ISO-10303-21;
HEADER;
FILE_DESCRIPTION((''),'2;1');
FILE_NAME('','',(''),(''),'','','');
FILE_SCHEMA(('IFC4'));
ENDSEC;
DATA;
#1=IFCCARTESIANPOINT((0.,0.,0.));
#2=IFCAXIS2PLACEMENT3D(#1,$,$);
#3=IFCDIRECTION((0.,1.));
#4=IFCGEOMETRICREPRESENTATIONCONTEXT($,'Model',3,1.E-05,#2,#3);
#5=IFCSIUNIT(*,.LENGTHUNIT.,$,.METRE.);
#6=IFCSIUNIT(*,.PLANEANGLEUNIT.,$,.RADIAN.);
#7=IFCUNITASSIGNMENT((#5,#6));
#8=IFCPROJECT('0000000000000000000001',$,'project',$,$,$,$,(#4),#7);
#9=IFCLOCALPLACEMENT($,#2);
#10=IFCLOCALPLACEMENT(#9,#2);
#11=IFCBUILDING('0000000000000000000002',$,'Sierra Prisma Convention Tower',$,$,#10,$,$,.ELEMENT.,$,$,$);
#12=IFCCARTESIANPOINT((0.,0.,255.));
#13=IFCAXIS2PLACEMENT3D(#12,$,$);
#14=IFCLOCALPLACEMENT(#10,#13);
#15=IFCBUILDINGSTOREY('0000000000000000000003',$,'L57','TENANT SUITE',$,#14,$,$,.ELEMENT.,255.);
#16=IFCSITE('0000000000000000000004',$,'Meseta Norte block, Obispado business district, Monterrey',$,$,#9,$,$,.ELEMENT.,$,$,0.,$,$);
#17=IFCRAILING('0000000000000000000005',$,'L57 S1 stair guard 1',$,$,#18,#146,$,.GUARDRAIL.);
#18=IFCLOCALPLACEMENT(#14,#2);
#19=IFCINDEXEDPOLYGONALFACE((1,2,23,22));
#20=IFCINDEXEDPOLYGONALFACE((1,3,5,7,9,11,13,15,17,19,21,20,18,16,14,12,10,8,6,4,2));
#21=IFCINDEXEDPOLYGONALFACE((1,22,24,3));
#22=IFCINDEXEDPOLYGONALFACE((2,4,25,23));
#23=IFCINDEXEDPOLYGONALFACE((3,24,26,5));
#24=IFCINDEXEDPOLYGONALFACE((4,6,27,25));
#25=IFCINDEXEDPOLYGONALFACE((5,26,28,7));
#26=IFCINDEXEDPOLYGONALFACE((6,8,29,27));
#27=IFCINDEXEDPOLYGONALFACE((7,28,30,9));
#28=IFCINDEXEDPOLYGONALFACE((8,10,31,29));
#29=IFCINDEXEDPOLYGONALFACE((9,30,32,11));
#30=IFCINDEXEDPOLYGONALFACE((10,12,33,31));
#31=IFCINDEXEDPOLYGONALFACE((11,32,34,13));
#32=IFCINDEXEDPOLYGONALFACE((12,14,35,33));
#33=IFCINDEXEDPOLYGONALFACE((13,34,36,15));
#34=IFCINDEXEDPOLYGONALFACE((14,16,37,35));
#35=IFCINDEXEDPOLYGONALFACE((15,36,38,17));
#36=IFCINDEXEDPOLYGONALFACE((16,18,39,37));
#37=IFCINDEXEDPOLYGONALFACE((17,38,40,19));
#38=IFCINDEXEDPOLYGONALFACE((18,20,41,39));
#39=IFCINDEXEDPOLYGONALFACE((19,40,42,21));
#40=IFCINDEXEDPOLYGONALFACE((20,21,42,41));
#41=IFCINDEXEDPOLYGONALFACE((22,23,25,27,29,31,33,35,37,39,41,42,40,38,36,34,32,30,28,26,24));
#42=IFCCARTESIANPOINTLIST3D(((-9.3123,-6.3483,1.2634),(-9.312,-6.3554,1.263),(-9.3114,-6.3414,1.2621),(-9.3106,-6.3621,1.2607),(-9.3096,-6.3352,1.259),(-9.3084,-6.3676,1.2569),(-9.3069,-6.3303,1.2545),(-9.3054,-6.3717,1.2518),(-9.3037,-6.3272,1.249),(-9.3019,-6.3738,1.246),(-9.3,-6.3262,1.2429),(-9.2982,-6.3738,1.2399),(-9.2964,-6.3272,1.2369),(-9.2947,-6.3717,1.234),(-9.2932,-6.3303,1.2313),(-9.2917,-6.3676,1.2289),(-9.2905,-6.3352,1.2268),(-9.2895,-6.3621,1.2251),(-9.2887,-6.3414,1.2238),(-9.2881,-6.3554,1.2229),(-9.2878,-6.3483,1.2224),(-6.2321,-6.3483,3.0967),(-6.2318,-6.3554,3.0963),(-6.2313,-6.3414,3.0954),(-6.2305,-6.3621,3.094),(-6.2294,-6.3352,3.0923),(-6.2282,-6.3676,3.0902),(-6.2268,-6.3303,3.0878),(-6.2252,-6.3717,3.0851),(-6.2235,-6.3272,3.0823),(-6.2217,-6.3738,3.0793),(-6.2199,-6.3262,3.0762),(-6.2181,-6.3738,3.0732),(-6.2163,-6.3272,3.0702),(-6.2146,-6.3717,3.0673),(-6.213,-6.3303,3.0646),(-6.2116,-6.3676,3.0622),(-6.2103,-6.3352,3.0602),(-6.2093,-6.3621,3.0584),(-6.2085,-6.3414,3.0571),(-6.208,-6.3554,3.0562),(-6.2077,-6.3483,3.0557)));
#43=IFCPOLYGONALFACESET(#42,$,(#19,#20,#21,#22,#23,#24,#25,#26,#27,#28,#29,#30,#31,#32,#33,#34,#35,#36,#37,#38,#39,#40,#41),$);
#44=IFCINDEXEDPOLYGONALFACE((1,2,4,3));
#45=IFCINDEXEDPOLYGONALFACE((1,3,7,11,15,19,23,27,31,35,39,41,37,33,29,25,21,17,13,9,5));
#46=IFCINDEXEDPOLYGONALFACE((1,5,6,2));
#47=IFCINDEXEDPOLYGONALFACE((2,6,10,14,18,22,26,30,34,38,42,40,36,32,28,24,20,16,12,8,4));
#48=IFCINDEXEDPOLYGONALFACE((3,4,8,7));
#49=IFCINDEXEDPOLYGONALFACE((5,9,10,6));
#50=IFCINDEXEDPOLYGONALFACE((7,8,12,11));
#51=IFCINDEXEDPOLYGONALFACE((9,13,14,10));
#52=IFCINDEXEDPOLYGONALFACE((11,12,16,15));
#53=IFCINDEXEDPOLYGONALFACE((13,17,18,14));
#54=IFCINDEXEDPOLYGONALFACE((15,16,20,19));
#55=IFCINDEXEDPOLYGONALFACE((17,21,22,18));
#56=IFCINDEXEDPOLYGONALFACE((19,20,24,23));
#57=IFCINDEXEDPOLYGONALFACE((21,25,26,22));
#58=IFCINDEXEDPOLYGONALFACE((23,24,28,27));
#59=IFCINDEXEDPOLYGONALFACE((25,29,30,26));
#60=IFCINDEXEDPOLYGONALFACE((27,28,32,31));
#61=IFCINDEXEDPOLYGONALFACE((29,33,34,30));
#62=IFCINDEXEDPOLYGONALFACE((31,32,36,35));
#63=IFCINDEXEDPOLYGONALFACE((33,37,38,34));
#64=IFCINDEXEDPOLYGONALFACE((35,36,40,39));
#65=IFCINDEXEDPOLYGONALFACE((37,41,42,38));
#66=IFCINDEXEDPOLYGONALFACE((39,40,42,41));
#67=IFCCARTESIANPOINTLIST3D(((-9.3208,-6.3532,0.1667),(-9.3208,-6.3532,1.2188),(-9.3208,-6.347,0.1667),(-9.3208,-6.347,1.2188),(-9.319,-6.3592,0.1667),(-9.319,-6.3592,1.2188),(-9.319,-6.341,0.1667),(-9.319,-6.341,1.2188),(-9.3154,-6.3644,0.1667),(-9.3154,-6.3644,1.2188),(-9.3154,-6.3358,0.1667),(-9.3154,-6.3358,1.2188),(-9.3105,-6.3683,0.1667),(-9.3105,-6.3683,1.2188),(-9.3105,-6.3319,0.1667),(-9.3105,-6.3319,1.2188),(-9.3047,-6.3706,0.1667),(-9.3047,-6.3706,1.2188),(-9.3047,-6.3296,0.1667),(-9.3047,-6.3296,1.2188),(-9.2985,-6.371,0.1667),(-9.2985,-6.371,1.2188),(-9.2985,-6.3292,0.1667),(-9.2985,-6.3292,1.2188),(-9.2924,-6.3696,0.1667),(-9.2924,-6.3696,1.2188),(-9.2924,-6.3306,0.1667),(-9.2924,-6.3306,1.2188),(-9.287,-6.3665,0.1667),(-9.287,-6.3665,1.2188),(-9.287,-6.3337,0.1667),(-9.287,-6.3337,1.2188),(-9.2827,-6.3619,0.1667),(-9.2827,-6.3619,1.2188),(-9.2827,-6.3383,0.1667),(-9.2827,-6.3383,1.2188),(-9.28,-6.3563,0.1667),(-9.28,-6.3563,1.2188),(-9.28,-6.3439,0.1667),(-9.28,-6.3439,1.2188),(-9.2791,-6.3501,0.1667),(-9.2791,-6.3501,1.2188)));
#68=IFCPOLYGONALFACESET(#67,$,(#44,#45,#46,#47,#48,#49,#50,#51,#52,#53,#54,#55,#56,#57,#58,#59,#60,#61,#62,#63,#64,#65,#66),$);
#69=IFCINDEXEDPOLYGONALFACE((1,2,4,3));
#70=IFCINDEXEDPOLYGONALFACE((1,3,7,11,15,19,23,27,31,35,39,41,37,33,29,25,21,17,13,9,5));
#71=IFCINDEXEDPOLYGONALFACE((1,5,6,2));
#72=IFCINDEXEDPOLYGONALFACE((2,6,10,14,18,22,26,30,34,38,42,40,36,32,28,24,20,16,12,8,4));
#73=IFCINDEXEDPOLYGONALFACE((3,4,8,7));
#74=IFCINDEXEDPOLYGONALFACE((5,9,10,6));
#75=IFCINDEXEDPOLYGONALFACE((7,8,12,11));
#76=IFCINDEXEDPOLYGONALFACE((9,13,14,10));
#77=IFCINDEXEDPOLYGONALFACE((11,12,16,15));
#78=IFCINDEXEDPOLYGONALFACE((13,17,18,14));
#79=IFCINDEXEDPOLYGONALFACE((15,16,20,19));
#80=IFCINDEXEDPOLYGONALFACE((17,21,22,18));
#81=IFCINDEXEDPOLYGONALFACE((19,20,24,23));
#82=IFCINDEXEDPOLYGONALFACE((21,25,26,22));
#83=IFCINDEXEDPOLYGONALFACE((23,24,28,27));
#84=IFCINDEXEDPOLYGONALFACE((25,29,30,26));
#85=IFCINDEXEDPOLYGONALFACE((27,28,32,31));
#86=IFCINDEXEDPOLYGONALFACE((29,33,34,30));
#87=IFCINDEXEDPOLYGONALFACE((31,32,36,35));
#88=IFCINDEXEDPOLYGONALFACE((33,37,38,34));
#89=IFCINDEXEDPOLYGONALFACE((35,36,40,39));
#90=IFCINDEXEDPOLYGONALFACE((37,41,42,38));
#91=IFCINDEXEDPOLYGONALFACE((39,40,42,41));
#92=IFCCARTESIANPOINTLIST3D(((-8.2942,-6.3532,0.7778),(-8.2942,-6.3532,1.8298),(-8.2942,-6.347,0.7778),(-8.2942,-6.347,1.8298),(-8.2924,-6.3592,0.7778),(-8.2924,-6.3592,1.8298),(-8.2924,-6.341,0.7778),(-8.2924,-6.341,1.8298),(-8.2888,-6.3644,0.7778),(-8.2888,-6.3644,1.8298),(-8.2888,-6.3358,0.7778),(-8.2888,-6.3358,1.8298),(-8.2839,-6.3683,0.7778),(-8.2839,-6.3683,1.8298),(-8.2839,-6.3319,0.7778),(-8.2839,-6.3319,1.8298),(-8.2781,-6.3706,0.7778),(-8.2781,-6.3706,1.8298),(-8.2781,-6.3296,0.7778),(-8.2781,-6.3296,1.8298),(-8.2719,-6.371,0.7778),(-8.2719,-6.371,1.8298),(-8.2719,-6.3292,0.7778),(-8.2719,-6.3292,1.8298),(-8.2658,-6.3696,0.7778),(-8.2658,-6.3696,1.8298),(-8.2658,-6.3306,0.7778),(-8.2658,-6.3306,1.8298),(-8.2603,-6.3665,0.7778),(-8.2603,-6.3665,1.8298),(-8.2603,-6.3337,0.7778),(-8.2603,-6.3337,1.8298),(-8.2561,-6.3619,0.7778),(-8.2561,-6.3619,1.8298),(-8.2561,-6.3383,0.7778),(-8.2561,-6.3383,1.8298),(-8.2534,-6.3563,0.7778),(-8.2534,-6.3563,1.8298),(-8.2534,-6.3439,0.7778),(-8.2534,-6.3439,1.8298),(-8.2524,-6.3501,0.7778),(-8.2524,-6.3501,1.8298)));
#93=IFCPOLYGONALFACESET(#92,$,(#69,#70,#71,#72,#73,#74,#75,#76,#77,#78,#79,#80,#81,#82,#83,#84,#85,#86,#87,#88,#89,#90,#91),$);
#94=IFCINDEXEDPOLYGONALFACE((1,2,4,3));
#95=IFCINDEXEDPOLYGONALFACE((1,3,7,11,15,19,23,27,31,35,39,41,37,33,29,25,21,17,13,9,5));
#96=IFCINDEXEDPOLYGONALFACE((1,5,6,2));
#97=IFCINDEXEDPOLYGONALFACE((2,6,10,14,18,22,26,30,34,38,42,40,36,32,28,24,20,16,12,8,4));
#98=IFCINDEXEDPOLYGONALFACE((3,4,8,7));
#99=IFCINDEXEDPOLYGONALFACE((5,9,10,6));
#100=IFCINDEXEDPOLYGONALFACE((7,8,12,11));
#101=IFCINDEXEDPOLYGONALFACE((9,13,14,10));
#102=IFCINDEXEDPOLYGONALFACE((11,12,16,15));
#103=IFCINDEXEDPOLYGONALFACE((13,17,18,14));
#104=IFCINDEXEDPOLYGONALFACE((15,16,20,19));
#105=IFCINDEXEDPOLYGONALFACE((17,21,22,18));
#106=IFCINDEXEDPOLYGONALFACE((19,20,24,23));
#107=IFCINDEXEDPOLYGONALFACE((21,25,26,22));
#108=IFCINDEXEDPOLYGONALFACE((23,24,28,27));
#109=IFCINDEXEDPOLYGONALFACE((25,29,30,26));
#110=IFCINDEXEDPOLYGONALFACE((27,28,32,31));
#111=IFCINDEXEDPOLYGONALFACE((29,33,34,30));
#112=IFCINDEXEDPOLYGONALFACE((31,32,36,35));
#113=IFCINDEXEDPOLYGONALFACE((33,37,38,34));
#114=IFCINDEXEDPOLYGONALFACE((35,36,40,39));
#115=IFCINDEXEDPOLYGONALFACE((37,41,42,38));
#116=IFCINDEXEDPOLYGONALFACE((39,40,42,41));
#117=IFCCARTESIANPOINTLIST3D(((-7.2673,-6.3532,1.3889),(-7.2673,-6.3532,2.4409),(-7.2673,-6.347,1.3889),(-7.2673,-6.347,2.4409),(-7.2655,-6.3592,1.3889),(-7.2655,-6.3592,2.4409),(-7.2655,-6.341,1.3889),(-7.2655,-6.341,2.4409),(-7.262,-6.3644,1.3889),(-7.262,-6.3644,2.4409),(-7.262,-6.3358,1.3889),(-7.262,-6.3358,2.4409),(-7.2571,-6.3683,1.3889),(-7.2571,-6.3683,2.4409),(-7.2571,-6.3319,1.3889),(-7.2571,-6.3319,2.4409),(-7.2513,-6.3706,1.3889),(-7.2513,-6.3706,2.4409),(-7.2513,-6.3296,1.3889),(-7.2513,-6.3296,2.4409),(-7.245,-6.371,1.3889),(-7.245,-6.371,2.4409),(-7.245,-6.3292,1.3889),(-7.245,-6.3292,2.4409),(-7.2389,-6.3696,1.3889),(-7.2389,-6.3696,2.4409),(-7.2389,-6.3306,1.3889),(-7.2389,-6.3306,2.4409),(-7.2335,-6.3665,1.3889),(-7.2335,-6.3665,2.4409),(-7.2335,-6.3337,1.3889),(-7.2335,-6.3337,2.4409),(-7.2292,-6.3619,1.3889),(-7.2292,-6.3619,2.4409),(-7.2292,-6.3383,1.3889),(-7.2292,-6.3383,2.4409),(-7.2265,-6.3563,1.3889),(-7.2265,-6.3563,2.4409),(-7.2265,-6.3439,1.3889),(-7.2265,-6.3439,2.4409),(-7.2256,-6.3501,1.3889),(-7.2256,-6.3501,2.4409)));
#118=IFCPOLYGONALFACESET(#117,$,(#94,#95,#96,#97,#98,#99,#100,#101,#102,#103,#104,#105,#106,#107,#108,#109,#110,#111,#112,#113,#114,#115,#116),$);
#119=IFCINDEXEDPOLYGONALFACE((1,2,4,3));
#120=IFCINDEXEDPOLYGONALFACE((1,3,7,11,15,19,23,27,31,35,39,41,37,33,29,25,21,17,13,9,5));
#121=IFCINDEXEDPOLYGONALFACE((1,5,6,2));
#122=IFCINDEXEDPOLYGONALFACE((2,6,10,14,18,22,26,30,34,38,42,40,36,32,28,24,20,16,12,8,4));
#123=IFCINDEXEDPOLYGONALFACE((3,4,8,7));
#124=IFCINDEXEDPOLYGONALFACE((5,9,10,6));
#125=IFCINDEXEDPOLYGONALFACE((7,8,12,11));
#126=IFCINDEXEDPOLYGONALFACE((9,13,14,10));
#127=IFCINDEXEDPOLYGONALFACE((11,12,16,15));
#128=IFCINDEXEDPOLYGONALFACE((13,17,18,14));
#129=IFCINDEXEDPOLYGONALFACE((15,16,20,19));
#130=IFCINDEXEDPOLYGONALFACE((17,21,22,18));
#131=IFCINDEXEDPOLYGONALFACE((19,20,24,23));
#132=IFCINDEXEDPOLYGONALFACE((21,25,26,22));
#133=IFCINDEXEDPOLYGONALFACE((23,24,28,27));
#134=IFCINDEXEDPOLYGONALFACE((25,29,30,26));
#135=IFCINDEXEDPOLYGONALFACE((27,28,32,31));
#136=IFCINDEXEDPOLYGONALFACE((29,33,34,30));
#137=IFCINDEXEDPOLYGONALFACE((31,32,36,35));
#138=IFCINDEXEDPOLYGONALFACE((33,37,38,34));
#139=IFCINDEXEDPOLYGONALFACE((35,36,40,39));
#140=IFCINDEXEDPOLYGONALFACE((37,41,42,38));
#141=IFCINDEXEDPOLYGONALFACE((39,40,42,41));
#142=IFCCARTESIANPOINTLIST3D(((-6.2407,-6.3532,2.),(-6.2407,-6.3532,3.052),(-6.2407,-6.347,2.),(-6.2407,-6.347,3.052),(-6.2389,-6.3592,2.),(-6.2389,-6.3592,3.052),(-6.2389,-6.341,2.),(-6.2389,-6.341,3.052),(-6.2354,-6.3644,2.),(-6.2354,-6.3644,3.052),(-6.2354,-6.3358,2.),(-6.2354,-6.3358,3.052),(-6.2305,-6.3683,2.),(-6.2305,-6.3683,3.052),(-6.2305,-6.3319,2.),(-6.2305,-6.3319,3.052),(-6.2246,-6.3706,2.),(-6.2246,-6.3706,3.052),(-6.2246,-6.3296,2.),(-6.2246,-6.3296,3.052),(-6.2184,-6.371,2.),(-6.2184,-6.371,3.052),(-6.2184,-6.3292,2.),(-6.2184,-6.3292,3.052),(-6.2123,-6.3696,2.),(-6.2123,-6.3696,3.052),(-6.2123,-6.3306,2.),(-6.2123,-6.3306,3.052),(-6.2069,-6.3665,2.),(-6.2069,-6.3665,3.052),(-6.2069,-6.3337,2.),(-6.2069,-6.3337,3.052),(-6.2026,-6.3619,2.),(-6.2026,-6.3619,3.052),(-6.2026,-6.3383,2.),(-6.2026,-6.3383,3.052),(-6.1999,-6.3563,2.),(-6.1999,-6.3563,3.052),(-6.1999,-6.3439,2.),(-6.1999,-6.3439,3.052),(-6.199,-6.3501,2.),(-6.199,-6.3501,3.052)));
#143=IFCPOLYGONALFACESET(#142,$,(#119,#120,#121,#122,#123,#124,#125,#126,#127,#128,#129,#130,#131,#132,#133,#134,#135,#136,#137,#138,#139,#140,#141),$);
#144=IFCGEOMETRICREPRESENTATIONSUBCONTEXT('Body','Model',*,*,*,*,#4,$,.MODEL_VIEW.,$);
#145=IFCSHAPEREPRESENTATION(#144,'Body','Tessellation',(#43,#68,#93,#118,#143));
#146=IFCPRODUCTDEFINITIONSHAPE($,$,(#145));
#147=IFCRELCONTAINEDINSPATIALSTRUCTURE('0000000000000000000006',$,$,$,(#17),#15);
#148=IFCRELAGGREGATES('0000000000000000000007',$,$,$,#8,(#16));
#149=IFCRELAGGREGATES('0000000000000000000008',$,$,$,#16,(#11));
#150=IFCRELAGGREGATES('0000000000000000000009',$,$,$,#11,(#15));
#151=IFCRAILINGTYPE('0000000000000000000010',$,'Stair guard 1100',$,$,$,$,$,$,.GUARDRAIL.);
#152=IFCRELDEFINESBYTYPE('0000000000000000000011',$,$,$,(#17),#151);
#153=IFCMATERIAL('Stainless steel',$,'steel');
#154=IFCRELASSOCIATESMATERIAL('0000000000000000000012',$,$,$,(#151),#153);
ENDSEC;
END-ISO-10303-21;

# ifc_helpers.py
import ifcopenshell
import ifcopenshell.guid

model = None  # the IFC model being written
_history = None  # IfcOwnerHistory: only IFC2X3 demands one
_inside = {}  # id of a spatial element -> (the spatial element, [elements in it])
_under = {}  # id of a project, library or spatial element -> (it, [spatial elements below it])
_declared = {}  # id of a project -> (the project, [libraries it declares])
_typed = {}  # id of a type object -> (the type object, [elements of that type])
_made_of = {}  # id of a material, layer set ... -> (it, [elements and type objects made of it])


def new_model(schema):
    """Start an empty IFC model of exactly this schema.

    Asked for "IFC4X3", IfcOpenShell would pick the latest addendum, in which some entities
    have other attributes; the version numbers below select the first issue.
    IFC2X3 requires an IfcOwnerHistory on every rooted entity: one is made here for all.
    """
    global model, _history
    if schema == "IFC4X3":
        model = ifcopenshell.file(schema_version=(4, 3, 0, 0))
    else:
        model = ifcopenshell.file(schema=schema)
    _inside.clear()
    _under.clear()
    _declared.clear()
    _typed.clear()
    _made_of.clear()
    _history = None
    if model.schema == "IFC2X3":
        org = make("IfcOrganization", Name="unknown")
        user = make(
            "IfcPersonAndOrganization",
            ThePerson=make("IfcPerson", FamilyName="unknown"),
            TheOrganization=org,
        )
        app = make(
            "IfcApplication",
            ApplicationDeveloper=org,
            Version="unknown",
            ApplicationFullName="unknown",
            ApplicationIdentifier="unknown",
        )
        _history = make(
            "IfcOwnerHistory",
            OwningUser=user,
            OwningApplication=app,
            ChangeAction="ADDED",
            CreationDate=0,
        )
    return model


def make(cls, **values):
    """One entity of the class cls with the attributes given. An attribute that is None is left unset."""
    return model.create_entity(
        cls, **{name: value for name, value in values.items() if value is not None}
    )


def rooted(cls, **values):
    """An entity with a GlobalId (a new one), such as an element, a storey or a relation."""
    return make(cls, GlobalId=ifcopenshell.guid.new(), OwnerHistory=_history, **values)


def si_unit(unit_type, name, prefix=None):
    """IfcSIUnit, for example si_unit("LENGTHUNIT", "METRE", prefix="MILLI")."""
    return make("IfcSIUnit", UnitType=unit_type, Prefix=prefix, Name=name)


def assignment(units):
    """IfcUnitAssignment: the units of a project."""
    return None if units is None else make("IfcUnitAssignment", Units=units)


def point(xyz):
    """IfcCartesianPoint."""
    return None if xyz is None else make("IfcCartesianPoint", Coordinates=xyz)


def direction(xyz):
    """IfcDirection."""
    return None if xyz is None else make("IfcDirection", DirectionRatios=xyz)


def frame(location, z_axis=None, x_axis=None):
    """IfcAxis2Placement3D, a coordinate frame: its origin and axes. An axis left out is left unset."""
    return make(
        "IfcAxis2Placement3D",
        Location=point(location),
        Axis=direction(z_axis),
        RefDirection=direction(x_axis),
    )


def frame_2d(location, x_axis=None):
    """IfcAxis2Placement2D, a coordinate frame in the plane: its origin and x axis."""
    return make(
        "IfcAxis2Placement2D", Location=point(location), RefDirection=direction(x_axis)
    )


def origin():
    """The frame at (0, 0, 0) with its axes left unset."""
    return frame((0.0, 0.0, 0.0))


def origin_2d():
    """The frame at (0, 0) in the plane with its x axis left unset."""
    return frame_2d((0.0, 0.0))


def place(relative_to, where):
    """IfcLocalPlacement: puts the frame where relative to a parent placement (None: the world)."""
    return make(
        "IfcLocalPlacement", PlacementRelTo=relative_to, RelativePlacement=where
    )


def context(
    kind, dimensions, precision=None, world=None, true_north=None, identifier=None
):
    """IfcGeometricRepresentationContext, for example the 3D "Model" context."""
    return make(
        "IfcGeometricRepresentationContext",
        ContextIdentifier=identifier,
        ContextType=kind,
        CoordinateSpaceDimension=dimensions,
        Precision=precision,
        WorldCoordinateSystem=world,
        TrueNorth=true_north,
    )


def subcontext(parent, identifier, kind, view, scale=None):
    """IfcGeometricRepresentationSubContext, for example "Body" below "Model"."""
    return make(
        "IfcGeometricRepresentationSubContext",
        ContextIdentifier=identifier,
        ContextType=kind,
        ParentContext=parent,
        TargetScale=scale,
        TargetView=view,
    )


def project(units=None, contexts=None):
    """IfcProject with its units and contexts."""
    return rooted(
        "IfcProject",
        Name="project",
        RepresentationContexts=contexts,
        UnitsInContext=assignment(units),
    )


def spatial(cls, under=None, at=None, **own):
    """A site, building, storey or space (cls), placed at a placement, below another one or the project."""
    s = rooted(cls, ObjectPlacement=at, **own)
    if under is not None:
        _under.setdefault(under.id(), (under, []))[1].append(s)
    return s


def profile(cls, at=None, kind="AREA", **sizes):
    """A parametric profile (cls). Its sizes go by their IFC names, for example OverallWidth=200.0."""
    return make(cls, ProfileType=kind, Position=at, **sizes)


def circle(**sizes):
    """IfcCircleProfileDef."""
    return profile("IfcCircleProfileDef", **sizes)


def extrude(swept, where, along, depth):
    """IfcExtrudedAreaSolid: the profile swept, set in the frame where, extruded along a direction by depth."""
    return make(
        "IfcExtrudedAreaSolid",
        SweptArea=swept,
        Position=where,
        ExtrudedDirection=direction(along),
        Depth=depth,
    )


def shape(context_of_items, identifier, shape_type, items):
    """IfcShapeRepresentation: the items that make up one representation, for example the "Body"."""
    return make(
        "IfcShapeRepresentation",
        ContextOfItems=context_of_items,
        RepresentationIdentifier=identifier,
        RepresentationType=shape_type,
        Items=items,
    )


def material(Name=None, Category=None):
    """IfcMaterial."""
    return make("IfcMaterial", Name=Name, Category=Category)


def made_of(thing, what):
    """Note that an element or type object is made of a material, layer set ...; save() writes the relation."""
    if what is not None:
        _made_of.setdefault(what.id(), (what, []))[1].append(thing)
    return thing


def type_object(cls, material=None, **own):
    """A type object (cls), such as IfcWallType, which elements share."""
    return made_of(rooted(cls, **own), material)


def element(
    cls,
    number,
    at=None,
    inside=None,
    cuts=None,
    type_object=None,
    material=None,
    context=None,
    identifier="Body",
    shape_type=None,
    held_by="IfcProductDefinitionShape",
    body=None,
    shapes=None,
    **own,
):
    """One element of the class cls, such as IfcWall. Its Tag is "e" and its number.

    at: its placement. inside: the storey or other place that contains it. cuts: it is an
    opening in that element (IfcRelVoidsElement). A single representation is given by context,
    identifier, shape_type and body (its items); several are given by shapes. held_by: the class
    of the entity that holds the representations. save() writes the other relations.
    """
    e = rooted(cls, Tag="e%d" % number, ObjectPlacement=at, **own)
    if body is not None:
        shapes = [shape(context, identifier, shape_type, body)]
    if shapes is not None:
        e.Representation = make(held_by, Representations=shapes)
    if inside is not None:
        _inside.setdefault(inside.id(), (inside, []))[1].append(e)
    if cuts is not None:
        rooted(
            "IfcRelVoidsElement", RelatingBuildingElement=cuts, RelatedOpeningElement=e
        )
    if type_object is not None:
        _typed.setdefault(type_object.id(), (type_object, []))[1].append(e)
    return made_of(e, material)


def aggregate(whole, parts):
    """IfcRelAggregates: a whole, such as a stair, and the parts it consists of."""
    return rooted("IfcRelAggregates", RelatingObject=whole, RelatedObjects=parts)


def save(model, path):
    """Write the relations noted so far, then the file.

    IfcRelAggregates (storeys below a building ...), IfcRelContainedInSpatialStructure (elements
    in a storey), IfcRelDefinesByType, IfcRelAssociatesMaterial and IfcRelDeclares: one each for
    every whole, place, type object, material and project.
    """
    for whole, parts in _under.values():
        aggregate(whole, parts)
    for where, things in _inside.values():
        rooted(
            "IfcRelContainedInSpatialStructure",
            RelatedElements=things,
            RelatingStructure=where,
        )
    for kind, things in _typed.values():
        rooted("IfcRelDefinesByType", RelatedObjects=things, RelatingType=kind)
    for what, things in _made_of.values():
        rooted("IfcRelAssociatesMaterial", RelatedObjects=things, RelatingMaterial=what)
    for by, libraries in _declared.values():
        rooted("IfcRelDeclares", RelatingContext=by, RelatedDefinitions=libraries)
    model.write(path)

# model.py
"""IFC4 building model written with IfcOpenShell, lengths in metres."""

from ifc_helpers import new_model, si_unit, direction, frame, origin, origin_2d, place, context, subcontext, project, spatial, circle, extrude, material, type_object, element, save


model = new_model("IFC4")

# Units and contexts
model_context = context("Model", 3, precision=1e-05, world=origin(), true_north=direction((0.0, 1.0)))
body_context = subcontext(model_context, "Body", "Model", "MODEL_VIEW")
ifc_project = project(units=[si_unit("LENGTHUNIT", "METRE"), si_unit("PLANEANGLEUNIT", "RADIAN")], contexts=[model_context])

# Site, building, storey
site_placement = place(None, origin())
site = spatial("IfcSite", under=ifc_project, at=site_placement, Name="Meseta Norte block, Obispado business district, Monterrey", CompositionType="ELEMENT", RefElevation=0.0)
building_placement = place(site_placement, origin())
building = spatial("IfcBuilding", under=site, at=building_placement, Name="Sierra Prisma Convention Tower", CompositionType="ELEMENT")
storey_placement = place(building_placement, frame((0.0, 0.0, 255.0)))
storey = spatial("IfcBuildingStorey", under=building, at=storey_placement, Name="L57", Description="TENANT SUITE", CompositionType="ELEMENT", Elevation=255.0)

# Railing
ifc_material_1 = material(Name="Stainless steel", Category="steel")
railing_type_1 = type_object("IfcRailingType", Name="Stair guard 1100", PredefinedType="GUARDRAIL", material=ifc_material_1)
railing_1_placement = place(storey_placement, frame((-9.3, -6.3501, 0.1667)))
element("IfcRailing", 1, at=railing_1_placement, inside=storey, type_object=railing_type_1, Name="L57 S1 stair guard 1", PredefinedType="GUARDRAIL", context=body_context, shape_type="SweptSolid", body=[
    extrude(circle(Radius=0.0239, at=origin_2d()), frame((0.0, 0.0, 1.0762), z_axis=(0.859309, 0.0, 0.511458), x_axis=(0.0, 1.0, 0.0)), (0.0, 0.0, 1.0), 3.5845),
    extrude(circle(Radius=0.021, at=origin_2d()), origin(), (0.0, 0.0, 1.0), 1.052),
    extrude(circle(Radius=0.021, at=origin_2d()), frame((1.0266, 0.0, 0.6111)), (0.0, 0.0, 1.0), 1.052),
    extrude(circle(Radius=0.021, at=origin_2d()), frame((2.0535, 0.0, 1.2222)), (0.0, 0.0, 1.0), 1.052),
    extrude(circle(Radius=0.021, at=origin_2d()), frame((3.0801, 0.0, 1.8333)), (0.0, 0.0, 1.0), 1.052),
])

save(model, "model.ifc")
